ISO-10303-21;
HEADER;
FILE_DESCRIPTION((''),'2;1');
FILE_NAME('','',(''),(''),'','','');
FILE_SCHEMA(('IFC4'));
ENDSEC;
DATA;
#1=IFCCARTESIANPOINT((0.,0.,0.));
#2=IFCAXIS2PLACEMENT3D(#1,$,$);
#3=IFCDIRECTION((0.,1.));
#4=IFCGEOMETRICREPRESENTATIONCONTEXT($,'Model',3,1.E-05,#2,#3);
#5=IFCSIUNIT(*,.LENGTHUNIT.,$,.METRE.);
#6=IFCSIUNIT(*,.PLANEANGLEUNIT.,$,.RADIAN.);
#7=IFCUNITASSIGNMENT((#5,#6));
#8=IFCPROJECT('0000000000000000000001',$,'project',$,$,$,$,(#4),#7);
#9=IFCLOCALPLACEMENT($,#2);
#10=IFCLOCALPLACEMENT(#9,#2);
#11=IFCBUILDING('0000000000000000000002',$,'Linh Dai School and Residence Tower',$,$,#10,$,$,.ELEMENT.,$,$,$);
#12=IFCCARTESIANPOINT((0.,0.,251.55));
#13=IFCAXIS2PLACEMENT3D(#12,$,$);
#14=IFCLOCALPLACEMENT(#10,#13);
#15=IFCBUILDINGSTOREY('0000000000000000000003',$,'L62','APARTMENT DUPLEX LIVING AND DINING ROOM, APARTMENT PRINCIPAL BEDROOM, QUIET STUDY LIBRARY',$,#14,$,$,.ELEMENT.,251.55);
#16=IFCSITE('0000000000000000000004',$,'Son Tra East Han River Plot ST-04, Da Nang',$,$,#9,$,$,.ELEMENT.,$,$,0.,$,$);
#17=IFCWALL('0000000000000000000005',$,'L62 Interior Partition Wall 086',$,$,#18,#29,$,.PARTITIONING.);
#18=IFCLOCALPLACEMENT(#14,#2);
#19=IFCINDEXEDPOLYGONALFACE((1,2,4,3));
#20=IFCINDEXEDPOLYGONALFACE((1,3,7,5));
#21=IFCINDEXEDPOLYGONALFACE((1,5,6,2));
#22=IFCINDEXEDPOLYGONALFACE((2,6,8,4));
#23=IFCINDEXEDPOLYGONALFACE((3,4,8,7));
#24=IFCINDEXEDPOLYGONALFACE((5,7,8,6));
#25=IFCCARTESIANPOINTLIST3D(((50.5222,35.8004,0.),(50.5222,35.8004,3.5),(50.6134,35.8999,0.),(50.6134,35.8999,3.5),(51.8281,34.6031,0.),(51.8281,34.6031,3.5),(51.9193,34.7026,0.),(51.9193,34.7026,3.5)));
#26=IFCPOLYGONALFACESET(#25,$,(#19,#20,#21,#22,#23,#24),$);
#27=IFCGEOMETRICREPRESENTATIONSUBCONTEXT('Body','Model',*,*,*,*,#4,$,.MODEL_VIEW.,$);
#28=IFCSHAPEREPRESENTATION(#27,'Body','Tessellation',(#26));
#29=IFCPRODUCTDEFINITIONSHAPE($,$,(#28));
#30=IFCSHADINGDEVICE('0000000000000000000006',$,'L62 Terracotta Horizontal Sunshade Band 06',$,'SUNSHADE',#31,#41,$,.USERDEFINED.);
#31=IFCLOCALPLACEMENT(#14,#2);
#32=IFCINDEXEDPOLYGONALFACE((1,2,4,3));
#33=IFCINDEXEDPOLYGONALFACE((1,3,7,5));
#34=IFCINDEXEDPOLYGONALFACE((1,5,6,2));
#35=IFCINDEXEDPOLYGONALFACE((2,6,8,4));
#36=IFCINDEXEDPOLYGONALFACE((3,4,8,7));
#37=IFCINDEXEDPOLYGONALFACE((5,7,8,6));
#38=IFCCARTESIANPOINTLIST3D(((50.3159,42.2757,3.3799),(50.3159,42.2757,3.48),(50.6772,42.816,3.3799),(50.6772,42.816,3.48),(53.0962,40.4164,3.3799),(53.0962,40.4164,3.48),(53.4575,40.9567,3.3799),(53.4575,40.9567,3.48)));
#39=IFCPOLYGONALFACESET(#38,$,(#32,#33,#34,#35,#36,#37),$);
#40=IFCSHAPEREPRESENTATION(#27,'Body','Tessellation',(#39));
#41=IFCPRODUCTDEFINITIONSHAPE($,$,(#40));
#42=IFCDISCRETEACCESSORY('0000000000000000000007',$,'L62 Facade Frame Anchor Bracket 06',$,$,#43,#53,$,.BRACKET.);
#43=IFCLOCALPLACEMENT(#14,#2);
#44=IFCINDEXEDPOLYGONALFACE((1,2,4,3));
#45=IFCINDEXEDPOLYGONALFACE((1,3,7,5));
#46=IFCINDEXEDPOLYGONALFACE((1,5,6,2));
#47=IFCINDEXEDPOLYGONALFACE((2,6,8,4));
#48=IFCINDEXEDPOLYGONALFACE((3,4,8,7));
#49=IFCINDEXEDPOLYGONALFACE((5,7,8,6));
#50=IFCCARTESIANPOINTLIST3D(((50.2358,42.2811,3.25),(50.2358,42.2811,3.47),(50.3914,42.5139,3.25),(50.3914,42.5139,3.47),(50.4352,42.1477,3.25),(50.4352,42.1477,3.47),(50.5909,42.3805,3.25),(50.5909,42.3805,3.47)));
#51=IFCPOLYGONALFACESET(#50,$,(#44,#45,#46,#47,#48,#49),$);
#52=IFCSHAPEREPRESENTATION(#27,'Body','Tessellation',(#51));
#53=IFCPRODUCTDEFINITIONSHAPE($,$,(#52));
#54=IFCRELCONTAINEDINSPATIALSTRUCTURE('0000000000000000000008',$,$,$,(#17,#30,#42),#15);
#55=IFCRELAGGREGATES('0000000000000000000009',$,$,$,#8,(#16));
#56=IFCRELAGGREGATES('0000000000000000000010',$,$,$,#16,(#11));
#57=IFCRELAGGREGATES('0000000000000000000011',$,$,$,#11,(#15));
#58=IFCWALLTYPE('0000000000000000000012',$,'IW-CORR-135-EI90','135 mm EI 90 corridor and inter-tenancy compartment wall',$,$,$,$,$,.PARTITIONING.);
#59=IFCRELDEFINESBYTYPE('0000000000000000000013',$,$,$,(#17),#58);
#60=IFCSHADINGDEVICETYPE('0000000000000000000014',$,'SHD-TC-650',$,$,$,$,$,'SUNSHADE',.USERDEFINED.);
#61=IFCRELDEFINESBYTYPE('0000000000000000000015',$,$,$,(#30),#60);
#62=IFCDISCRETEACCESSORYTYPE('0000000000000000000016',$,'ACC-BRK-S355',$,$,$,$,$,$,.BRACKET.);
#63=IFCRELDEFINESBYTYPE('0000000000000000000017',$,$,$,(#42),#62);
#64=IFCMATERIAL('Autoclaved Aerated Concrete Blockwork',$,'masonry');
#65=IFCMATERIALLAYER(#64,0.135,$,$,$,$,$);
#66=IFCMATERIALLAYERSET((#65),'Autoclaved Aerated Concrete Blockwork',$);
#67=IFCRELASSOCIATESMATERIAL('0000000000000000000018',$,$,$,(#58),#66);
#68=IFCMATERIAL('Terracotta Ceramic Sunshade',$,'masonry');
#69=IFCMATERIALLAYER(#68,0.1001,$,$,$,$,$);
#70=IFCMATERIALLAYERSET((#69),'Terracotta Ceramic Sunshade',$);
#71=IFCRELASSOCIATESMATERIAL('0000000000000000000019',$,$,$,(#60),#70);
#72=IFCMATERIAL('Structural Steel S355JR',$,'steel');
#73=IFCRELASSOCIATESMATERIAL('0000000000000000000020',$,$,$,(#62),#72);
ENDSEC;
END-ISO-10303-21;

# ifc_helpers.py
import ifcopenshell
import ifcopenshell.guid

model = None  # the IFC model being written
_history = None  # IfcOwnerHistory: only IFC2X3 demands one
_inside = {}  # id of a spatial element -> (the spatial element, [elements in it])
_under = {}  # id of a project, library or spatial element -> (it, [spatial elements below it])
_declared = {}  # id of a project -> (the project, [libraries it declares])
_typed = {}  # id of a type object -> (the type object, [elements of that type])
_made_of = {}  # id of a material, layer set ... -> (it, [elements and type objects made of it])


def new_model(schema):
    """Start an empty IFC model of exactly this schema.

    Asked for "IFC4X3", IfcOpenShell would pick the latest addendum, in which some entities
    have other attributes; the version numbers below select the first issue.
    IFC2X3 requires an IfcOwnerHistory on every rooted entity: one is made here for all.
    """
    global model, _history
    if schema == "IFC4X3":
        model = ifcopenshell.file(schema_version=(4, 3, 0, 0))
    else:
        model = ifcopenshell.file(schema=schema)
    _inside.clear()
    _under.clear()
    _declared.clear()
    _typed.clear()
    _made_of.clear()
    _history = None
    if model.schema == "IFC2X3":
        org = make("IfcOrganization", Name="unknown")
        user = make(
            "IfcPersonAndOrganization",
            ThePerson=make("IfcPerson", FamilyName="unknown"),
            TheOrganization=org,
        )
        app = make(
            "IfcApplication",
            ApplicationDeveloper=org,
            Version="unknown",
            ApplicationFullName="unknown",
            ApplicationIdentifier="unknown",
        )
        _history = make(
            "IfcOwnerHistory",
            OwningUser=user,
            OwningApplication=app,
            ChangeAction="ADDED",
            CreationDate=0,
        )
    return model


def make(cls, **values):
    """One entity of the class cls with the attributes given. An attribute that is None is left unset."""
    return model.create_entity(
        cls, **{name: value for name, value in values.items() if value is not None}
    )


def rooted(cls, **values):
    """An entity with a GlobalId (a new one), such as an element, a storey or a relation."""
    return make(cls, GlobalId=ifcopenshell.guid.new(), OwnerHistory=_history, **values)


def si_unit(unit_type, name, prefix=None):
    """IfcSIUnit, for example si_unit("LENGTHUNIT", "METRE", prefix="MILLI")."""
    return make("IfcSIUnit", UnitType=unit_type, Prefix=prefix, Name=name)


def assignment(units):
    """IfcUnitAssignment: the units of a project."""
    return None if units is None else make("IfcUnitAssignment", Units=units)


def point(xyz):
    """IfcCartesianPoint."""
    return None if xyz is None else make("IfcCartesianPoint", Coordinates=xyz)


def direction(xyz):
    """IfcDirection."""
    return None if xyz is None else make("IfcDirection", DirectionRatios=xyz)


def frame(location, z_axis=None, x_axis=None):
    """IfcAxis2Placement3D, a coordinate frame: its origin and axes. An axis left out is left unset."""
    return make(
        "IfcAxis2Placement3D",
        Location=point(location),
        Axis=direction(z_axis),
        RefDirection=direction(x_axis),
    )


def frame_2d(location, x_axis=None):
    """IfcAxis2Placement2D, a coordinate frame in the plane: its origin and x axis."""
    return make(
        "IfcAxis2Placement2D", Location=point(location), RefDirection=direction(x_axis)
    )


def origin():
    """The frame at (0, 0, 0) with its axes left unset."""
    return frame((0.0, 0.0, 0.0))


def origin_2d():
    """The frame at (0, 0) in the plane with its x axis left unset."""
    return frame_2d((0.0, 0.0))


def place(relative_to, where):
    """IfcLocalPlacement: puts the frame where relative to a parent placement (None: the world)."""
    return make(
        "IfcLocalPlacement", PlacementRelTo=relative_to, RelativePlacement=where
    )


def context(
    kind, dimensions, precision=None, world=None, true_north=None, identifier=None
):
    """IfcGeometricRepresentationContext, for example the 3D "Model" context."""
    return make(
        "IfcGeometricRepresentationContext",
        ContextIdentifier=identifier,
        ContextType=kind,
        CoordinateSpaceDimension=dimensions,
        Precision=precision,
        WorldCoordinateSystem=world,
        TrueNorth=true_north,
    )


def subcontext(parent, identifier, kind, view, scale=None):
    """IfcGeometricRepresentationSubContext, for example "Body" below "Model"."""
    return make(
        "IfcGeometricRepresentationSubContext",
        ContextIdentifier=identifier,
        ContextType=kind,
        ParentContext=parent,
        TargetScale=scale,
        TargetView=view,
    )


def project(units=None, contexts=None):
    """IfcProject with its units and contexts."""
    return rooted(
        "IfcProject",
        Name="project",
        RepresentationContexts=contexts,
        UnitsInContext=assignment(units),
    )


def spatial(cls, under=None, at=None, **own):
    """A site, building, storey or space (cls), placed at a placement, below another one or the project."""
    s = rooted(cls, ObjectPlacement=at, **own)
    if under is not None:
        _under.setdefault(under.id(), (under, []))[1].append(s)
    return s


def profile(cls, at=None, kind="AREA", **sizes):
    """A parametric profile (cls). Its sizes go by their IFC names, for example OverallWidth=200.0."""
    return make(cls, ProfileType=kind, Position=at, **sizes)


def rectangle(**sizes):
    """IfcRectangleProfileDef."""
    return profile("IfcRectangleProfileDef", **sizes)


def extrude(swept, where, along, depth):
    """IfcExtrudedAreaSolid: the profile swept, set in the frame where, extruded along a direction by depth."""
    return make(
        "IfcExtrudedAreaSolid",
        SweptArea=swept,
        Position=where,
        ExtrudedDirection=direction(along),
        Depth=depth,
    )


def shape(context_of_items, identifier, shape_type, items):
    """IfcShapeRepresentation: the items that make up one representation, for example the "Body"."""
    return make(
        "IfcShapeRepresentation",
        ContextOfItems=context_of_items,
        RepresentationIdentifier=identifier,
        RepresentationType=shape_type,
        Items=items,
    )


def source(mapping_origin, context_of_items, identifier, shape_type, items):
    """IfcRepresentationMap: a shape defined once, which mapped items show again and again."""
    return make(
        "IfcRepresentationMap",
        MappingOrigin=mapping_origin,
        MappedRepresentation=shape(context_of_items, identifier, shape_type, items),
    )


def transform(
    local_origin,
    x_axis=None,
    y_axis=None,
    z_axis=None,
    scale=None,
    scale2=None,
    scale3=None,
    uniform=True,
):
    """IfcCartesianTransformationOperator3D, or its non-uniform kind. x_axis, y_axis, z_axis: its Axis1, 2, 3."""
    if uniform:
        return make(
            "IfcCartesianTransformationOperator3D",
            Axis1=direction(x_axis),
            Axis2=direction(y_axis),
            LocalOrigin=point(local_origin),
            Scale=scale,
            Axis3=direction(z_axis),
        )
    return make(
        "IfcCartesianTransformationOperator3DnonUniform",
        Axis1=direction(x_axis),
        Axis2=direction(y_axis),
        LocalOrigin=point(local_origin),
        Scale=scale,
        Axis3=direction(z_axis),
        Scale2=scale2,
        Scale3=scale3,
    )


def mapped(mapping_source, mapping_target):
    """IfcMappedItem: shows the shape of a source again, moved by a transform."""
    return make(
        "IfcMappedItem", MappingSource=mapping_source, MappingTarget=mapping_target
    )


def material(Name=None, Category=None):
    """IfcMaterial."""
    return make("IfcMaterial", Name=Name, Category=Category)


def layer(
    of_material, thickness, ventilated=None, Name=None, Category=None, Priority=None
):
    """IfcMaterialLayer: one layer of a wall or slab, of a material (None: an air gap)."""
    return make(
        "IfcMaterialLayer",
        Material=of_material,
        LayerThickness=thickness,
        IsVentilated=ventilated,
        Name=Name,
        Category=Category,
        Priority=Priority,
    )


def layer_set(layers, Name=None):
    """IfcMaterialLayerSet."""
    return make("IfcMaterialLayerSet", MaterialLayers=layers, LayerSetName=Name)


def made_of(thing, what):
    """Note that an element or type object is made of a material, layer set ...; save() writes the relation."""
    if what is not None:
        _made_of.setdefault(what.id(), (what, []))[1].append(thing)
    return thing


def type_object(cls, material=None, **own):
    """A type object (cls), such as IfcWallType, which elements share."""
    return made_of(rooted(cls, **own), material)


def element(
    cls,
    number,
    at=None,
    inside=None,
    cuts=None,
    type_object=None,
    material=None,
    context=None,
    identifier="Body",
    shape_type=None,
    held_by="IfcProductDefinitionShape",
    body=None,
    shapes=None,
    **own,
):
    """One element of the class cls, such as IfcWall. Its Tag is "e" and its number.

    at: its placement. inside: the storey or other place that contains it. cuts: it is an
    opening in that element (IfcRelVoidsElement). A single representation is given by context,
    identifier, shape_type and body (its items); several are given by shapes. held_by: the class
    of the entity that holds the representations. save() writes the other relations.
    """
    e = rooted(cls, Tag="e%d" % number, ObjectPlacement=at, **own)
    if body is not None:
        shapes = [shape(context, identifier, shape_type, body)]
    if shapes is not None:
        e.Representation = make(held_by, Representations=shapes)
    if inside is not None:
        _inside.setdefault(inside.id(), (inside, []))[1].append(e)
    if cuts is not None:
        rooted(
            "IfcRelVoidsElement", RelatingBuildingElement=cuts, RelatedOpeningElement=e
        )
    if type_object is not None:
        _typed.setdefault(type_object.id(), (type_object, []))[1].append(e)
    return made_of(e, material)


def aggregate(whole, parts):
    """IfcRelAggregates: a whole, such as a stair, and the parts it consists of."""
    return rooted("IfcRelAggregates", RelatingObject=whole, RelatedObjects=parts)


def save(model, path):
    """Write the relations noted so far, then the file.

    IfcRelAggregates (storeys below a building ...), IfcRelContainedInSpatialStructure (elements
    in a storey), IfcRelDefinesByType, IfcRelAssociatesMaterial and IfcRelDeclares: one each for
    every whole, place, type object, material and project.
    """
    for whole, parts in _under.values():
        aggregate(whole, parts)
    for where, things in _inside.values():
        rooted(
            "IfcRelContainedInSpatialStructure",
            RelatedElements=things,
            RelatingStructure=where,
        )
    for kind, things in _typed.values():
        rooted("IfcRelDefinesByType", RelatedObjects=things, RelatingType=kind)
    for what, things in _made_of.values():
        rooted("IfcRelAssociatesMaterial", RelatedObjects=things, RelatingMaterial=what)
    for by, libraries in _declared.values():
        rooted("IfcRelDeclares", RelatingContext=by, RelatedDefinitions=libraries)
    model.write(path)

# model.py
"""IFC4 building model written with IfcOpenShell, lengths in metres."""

from ifc_helpers import new_model, si_unit, direction, frame, frame_2d, origin, origin_2d, place, context, subcontext, project, spatial, rectangle, extrude, source, transform, mapped, material, layer, layer_set, type_object, element, save


model = new_model("IFC4")

# Units and contexts
model_context = context("Model", 3, precision=1e-05, world=origin(), true_north=direction((0.0, 1.0)))
body_context = subcontext(model_context, "Body", "Model", "MODEL_VIEW")
ifc_project = project(units=[si_unit("LENGTHUNIT", "METRE"), si_unit("PLANEANGLEUNIT", "RADIAN")], contexts=[model_context])

# Site, building, storey
site_placement = place(None, origin())
site = spatial("IfcSite", under=ifc_project, at=site_placement, Name="Son Tra East Han River Plot ST-04, Da Nang", CompositionType="ELEMENT", RefElevation=0.0)
building_placement = place(site_placement, origin())
building = spatial("IfcBuilding", under=site, at=building_placement, Name="Linh Dai School and Residence Tower", CompositionType="ELEMENT")
storey_placement = place(building_placement, frame((0.0, 0.0, 251.55)))
storey = spatial("IfcBuildingStorey", under=building, at=storey_placement, Name="L62", Description="APARTMENT DUPLEX LIVING AND DINING ROOM, APARTMENT PRINCIPAL BEDROOM, QUIET STUDY LIBRARY", CompositionType="ELEMENT", Elevation=251.55)

# Shared definitions
ifc_material_1 = material(Name="Structural Steel S355JR", Category="steel")

# Wall
ifc_material_2 = material(Name="Autoclaved Aerated Concrete Blockwork", Category="masonry")
ifc_layer_1 = layer(ifc_material_2, 0.135)
ifc_layer_set_1 = layer_set([ifc_layer_1], Name="Autoclaved Aerated Concrete Blockwork")
wall_type_1 = type_object("IfcWallType", Name="IW-CORR-135-EI90", Description="135 mm EI 90 corridor and inter-tenancy compartment wall", PredefinedType="PARTITIONING", material=ifc_layer_set_1)
wall_1_placement = place(storey_placement, frame((50.5679, 35.8501, 0.0), z_axis=(0.0, 0.0, 1.0), x_axis=(0.737103, -0.675781, 0.0)))
element("IfcWall", 1, at=wall_1_placement, inside=storey, type_object=wall_type_1, Name="L62 Interior Partition Wall 086", PredefinedType="PARTITIONING", context=body_context, shape_type="SweptSolid", body=[
    extrude(rectangle(XDim=1.7717, YDim=0.135, at=frame_2d((0.8857, 0.0))), origin(), (0.0, 0.0, 1.0), 3.5),
])

# Shading device
ifc_material_3 = material(Name="Terracotta Ceramic Sunshade", Category="masonry")
ifc_layer_2 = layer(ifc_material_3, 0.1001)
ifc_layer_set_2 = layer_set([ifc_layer_2], Name="Terracotta Ceramic Sunshade")
shading_device_type = type_object("IfcShadingDeviceType", Name="SHD-TC-650", ElementType="SUNSHADE", PredefinedType="USERDEFINED", material=ifc_layer_set_2)
shared_shape_1 = source(origin(), body_context, "Body", "SweptSolid", [
    extrude(rectangle(XDim=3.3447, YDim=0.6499, at=origin_2d()), origin(), (0.0, 0.0, 1.0), 0.1001),
])
shading_device_placement = place(storey_placement, frame((51.8867, 41.6162, 3.3799), z_axis=(0.0, 0.0, 1.0), x_axis=(0.831258, -0.555887, 0.0)))
element("IfcShadingDevice", 2, at=shading_device_placement, inside=storey, type_object=shading_device_type, Name="L62 Terracotta Horizontal Sunshade Band 06", ObjectType="SUNSHADE", PredefinedType="USERDEFINED", context=body_context, shape_type="MappedRepresentation", body=[
    mapped(shared_shape_1, transform((0.0, 0.0, 0.0), x_axis=(1.0, 0.0, 0.0), y_axis=(0.0, 1.0, 0.0), z_axis=(0.0, 0.0, 1.0), scale=1.0)),
])

# Discrete accessory
discrete_accessory_type = type_object("IfcDiscreteAccessoryType", Name="ACC-BRK-S355", PredefinedType="BRACKET", material=ifc_material_1)
shared_shape_2 = source(origin(), body_context, "Body", "SweptSolid", [
    extrude(rectangle(XDim=0.28, YDim=0.24, at=origin_2d()), origin(), (0.0, 0.0, 1.0), 0.22),
])
discrete_accessory_placement = place(storey_placement, frame((50.4133, 42.3308, 3.25), z_axis=(0.0, 0.0, 1.0), x_axis=(0.555887, 0.831258, 0.0)))
element("IfcDiscreteAccessory", 3, at=discrete_accessory_placement, inside=storey, type_object=discrete_accessory_type, Name="L62 Facade Frame Anchor Bracket 06", PredefinedType="BRACKET", context=body_context, shape_type="MappedRepresentation", body=[
    mapped(shared_shape_2, transform((0.0, 0.0, 0.0), x_axis=(1.0, 0.0, 0.0), y_axis=(0.0, 1.0, 0.0), z_axis=(0.0, 0.0, 1.0), scale=1.0)),
])

save(model, "model.ifc")
